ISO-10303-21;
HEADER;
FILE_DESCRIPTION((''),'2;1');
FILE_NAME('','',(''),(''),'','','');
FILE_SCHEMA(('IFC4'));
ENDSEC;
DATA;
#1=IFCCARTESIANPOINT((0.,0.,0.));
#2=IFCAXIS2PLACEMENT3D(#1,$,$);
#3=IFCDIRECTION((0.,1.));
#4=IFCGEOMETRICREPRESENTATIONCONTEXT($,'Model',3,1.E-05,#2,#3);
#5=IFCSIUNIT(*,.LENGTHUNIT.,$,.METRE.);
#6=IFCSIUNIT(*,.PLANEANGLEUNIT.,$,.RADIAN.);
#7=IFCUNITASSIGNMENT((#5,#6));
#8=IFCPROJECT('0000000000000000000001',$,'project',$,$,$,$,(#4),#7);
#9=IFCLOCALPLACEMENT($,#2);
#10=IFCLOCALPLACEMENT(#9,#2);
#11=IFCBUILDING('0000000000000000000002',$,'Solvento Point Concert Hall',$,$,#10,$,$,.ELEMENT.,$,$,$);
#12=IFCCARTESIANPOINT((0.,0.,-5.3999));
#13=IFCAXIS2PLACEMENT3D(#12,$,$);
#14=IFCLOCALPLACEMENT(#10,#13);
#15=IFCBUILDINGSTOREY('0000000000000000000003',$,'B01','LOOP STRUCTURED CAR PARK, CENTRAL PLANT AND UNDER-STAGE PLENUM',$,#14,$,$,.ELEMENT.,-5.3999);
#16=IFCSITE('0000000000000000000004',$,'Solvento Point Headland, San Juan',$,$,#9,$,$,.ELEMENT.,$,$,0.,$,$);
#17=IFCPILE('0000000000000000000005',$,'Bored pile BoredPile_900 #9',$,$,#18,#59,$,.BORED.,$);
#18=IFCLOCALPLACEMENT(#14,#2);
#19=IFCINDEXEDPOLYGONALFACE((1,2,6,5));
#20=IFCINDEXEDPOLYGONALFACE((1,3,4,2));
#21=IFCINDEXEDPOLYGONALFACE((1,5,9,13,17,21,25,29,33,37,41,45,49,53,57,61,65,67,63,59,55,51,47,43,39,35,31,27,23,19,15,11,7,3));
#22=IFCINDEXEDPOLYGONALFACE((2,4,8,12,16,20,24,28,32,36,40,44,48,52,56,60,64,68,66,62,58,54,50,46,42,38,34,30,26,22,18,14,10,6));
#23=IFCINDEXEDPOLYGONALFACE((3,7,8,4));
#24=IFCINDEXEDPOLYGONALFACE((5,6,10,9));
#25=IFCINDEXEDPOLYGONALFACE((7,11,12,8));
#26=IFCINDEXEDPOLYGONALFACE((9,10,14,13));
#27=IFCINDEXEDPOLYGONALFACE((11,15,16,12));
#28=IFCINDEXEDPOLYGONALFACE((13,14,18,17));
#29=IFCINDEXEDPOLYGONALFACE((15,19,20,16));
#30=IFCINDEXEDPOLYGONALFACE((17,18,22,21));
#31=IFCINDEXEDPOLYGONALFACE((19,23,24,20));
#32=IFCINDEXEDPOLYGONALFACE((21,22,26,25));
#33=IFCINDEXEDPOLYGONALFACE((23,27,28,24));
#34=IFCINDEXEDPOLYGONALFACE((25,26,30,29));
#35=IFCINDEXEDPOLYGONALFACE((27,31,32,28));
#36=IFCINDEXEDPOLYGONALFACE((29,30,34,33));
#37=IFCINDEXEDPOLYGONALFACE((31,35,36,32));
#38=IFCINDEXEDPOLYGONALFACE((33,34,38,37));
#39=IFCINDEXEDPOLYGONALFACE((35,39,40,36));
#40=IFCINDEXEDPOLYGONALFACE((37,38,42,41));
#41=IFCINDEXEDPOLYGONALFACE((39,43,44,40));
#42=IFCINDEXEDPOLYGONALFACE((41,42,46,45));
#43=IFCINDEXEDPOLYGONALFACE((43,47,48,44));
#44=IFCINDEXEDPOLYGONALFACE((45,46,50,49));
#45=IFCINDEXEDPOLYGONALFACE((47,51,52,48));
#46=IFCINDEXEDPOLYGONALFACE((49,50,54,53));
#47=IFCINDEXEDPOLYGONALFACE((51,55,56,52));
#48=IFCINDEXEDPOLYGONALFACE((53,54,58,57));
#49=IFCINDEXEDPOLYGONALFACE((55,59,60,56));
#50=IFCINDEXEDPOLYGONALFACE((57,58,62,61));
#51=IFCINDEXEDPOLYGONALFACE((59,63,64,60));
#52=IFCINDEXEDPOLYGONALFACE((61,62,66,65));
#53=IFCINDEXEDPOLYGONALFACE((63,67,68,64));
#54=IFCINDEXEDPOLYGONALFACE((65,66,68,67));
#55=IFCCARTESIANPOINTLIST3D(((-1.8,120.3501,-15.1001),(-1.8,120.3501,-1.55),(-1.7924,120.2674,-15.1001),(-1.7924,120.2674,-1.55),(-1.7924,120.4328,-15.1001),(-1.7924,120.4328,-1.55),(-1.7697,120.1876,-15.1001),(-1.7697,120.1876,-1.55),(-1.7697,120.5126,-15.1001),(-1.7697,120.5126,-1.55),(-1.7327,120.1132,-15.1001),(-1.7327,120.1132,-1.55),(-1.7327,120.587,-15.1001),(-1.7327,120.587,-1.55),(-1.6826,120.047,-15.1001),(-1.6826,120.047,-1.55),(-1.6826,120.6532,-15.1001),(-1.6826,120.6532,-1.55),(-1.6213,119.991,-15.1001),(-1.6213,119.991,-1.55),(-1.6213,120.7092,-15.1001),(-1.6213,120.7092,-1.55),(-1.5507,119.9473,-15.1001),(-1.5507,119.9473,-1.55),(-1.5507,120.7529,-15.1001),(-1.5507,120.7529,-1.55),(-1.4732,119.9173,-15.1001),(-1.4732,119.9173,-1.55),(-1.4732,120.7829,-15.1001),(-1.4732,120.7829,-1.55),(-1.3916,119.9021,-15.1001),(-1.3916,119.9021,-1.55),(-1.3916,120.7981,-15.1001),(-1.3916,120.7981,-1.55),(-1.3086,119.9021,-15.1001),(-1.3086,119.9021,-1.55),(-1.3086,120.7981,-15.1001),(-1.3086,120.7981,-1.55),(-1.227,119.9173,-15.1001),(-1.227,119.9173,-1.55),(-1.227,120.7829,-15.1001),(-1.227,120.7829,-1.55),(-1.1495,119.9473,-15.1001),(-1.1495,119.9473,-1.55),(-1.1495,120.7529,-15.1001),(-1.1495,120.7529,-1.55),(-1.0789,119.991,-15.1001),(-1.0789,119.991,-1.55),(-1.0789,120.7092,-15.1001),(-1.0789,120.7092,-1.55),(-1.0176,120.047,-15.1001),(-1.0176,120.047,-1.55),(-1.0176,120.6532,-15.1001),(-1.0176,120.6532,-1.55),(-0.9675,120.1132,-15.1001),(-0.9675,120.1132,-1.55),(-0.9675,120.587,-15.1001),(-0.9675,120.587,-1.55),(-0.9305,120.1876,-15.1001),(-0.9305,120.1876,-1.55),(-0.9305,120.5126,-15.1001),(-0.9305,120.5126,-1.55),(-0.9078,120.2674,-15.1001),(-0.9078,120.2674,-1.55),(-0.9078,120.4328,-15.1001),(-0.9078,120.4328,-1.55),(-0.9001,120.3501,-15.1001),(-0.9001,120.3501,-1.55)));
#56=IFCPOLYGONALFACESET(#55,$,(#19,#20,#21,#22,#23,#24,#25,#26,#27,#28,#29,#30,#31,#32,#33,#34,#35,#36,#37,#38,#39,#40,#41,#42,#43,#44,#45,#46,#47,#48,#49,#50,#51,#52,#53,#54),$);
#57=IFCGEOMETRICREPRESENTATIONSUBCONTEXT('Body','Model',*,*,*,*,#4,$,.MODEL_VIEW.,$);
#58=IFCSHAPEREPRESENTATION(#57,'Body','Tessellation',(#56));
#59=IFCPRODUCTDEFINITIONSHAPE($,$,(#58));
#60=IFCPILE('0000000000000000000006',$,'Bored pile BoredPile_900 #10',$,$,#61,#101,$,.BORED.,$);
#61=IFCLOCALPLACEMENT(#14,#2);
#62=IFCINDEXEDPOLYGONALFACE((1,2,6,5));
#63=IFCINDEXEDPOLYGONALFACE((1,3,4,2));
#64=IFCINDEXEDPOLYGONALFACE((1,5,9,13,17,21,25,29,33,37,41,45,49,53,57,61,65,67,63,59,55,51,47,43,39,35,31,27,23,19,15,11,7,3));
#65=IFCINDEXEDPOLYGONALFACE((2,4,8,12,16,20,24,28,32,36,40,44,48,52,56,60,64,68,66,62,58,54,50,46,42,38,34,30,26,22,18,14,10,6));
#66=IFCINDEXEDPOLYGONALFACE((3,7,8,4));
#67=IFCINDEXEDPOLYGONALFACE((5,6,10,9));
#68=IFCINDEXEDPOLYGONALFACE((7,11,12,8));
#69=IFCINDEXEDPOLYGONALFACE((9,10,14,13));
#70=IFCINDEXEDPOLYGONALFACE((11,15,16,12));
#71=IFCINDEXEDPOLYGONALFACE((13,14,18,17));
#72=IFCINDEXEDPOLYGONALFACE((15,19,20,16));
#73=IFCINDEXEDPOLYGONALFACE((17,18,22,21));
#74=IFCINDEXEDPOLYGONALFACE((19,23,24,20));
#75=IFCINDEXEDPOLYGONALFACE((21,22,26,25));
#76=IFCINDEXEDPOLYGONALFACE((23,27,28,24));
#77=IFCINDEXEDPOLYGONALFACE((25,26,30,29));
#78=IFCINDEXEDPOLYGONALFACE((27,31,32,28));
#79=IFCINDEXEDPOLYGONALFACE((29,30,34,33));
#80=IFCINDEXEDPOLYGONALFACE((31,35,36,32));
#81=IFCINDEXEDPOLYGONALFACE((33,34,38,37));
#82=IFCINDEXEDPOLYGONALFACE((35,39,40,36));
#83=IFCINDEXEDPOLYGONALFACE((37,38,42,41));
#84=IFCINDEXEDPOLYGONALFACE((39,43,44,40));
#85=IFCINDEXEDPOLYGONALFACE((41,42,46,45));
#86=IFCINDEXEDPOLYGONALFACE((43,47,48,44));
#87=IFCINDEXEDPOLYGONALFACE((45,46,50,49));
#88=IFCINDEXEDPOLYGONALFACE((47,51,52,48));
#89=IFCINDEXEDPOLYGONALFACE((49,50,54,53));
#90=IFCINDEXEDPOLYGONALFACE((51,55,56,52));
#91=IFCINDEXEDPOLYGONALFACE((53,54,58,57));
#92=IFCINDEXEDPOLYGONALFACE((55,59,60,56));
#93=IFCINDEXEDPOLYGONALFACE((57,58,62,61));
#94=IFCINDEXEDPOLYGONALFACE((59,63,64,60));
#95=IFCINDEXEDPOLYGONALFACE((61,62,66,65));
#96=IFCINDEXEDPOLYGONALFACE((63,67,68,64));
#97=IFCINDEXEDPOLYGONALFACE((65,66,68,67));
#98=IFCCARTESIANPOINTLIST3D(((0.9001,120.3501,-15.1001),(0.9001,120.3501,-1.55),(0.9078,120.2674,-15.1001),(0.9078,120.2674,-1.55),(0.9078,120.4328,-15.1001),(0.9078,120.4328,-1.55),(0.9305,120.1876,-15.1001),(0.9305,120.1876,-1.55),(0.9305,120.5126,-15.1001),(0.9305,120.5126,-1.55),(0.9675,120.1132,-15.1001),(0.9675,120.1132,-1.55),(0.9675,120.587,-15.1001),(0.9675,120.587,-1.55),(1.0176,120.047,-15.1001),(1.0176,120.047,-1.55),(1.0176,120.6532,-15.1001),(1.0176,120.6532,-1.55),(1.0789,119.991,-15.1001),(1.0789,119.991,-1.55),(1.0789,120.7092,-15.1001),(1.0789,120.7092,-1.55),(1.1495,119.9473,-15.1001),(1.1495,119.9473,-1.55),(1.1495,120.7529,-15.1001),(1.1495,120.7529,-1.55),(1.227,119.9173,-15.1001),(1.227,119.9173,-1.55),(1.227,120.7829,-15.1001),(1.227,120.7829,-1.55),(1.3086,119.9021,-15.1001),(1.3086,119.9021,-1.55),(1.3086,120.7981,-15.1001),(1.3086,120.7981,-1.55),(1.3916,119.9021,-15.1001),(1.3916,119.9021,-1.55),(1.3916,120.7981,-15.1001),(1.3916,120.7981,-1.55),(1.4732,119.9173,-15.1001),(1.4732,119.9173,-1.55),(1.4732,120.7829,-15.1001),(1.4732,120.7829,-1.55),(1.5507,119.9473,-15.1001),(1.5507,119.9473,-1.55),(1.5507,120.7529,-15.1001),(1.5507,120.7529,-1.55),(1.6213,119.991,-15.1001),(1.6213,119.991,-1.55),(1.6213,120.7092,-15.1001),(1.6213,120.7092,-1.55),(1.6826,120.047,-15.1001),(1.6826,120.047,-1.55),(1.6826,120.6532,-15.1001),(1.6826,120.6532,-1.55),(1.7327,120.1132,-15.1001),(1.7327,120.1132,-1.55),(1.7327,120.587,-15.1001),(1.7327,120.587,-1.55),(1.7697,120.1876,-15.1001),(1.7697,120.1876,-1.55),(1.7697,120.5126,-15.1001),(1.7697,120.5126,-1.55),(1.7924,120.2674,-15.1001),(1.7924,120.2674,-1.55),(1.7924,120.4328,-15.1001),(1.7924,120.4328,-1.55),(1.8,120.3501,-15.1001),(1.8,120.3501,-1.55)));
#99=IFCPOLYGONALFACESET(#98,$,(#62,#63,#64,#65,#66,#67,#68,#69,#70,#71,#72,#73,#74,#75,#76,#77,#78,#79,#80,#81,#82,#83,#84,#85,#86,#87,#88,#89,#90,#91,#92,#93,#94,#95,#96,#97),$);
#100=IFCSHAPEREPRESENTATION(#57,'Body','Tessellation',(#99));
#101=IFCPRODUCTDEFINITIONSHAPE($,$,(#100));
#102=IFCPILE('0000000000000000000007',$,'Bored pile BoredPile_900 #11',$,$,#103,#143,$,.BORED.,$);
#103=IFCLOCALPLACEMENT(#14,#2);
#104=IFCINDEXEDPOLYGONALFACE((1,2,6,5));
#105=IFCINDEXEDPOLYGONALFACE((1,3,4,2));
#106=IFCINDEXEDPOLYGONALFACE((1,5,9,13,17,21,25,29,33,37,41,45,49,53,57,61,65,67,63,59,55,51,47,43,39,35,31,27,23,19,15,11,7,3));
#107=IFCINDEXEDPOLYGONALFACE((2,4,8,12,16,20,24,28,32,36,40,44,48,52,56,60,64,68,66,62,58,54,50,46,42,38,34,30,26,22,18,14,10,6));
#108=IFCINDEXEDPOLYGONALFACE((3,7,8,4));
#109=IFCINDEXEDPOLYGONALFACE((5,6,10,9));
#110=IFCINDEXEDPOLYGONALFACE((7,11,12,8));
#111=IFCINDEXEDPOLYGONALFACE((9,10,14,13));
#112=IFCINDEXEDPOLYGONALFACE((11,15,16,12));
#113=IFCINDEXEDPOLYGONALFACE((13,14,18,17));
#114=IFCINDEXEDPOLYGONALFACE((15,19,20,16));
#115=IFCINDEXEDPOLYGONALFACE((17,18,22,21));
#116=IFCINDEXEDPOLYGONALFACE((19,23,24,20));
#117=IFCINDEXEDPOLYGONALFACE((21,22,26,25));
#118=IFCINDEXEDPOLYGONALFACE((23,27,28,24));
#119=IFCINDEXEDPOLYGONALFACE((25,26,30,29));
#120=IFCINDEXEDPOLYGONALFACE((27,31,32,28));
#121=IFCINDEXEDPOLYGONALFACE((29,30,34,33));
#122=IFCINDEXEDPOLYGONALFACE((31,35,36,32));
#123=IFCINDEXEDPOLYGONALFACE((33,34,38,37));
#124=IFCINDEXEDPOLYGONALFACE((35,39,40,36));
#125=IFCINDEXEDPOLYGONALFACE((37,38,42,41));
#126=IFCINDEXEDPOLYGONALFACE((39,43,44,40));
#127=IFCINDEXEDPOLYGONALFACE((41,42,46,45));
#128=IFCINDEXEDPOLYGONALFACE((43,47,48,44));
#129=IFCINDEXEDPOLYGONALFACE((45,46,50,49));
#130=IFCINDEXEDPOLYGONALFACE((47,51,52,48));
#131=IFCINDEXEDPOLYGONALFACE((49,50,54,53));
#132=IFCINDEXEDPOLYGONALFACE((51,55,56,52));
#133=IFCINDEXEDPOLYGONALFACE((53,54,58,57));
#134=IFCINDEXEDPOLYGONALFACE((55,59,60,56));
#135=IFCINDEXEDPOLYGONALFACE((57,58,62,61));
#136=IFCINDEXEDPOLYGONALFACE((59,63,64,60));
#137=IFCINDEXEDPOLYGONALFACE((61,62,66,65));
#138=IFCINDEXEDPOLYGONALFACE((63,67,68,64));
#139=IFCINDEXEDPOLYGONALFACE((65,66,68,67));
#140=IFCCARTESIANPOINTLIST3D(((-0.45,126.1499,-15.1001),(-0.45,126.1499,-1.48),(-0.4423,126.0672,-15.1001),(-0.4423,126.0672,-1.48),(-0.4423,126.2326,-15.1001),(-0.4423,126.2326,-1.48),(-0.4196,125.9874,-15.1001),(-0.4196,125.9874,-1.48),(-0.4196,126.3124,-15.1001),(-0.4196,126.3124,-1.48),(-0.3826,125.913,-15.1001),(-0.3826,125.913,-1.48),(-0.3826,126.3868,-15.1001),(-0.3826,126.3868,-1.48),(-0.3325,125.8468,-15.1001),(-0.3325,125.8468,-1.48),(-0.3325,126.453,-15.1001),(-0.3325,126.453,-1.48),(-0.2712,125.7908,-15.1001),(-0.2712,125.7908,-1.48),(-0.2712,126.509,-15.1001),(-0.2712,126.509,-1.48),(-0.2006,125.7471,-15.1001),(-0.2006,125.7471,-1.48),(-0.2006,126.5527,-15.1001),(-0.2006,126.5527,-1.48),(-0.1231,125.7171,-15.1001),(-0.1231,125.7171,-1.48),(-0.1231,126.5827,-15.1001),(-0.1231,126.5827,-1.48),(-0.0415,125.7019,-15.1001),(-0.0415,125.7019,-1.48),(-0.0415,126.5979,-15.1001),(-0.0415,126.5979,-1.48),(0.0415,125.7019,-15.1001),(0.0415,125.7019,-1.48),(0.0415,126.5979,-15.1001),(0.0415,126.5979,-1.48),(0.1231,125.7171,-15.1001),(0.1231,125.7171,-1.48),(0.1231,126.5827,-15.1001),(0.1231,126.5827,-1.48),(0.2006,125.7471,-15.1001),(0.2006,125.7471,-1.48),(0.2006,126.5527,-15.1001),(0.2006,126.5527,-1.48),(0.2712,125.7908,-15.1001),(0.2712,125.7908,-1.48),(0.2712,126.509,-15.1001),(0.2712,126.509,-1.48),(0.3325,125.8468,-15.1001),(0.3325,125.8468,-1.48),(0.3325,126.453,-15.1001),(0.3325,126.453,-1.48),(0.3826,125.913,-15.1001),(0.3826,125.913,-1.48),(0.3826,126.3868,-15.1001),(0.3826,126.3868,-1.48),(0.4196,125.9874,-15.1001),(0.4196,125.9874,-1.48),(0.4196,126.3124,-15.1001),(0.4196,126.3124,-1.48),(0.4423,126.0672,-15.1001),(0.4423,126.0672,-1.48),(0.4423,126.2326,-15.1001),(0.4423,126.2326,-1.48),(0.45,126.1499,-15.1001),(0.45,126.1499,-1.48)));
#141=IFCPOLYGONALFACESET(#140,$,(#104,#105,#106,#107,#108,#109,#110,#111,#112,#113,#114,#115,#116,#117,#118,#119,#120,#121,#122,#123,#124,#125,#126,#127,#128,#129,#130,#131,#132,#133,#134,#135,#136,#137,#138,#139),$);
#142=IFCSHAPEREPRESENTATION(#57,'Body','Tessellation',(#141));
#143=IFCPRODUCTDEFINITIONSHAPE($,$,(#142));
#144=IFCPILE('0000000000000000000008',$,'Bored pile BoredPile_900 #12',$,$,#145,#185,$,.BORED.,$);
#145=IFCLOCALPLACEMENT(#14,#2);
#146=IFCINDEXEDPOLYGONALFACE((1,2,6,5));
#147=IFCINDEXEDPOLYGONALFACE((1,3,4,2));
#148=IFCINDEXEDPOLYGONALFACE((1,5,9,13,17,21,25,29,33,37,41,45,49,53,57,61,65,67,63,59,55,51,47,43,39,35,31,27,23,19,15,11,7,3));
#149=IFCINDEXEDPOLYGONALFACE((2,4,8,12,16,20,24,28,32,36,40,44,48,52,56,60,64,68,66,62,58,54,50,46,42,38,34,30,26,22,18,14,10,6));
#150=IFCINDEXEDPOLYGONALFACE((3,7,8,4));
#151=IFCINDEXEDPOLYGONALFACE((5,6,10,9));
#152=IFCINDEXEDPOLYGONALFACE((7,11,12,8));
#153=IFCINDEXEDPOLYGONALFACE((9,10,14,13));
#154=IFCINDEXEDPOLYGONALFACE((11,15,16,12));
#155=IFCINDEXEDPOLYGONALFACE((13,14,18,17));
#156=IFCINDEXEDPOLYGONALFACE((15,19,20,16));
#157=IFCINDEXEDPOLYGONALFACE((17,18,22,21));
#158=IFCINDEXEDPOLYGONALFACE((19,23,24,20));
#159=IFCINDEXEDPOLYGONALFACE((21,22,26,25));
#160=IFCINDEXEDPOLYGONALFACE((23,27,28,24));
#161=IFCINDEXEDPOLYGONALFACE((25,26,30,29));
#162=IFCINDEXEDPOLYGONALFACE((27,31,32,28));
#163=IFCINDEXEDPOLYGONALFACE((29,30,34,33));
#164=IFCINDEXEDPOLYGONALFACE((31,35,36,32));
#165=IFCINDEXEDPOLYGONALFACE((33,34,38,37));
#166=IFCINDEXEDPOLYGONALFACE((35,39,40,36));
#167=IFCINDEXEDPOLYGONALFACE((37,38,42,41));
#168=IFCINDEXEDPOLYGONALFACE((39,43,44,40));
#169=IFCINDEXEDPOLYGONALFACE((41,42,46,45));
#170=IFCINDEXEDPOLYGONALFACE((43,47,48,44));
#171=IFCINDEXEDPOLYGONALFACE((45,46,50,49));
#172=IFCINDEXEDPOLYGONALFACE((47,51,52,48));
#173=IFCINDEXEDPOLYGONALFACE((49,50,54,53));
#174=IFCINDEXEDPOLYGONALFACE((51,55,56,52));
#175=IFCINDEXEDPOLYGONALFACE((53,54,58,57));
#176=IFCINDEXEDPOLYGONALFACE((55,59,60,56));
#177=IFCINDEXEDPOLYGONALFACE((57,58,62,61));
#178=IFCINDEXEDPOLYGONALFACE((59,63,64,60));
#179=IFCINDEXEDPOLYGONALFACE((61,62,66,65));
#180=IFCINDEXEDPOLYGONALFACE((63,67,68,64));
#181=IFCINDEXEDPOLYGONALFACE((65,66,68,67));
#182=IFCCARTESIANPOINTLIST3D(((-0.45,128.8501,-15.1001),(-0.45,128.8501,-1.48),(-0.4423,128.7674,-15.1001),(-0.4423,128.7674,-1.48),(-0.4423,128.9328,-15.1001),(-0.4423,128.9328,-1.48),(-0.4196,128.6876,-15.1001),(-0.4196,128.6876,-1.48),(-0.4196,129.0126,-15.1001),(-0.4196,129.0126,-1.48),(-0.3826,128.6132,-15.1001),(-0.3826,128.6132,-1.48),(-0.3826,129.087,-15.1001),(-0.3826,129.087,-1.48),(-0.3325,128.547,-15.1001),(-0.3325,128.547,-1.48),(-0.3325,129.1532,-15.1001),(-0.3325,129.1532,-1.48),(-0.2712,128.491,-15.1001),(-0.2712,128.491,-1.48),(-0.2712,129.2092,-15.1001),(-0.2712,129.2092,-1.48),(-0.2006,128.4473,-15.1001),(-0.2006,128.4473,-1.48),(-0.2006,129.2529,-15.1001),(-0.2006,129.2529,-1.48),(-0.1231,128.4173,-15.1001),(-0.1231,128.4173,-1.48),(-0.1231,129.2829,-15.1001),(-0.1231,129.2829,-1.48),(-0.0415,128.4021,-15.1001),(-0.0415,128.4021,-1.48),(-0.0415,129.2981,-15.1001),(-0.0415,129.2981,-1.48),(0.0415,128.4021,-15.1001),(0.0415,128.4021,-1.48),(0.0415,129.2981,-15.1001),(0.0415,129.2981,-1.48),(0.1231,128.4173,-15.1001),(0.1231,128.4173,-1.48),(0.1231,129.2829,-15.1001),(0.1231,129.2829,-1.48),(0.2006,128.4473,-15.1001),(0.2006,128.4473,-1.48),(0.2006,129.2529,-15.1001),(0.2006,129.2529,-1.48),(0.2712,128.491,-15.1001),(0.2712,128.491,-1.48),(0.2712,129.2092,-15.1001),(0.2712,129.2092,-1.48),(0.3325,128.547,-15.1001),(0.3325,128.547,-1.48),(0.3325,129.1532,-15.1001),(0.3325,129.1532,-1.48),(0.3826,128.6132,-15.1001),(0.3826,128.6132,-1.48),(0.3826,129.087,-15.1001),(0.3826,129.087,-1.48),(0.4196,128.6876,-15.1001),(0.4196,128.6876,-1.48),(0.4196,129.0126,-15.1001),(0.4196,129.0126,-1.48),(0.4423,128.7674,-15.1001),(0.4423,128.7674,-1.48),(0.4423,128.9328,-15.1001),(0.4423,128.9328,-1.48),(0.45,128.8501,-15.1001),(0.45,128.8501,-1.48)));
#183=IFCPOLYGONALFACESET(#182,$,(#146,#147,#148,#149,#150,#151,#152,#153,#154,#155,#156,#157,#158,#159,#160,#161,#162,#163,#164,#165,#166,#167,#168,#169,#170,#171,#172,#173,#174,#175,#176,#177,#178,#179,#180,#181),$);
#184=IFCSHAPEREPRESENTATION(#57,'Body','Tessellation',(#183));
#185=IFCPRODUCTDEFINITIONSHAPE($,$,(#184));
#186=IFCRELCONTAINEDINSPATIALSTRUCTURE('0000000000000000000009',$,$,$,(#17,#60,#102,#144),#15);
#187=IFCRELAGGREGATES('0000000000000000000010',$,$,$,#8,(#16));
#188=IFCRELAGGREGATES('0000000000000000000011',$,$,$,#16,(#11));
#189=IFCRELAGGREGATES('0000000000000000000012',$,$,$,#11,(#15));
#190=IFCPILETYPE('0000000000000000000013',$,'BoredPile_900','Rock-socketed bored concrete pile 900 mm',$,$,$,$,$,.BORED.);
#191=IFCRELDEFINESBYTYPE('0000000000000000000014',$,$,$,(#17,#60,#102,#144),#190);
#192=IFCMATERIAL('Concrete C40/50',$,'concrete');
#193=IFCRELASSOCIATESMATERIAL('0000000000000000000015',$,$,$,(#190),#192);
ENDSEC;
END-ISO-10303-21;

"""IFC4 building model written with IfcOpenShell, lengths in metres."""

from ifc_helpers import new_model, si_unit, direction, frame, origin, origin_2d, place, context, subcontext, project, spatial, circle, extrude, material, material_profile, profile_set, type_object, element, save


model = new_model("IFC4")

# Units and contexts
model_context = context("Model", 3, precision=1e-05, world=origin(), true_north=direction((0.0, 1.0)))
body_context = subcontext(model_context, "Body", "Model", "MODEL_VIEW")
ifc_project = project(units=[si_unit("LENGTHUNIT", "METRE"), si_unit("PLANEANGLEUNIT", "RADIAN")], contexts=[model_context])

# Site, building, storey
site_placement = place(None, origin())
site = spatial("IfcSite", under=ifc_project, at=site_placement, Name="Solvento Point Headland, San Juan", CompositionType="ELEMENT", RefElevation=0.0)
building_placement = place(site_placement, origin())
building = spatial("IfcBuilding", under=site, at=building_placement, Name="Solvento Point Concert Hall", CompositionType="ELEMENT")
storey_placement = place(building_placement, frame((0.0, 0.0, -5.3999)))
storey = spatial("IfcBuildingStorey", under=building, at=storey_placement, Name="B01", Description="LOOP STRUCTURED CAR PARK, CENTRAL PLANT AND UNDER-STAGE PLENUM", CompositionType="ELEMENT", Elevation=-5.3999)

# Piles
ifc_material_1 = material(Name="Concrete C40/50", Category="concrete")
ifc_material_profile_1 = material_profile(ifc_material_1, circle(Radius=0.45, at=origin_2d()), Name="BP-900")
ifc_profile_set_1 = profile_set([ifc_material_profile_1], Name="Concrete C40/50")
pile_type_1 = type_object("IfcPileType", Name="BoredPile_900", Description="Rock-socketed bored concrete pile 900 mm", PredefinedType="BORED", material=ifc_profile_set_1)
for number, where, z_axis, x_axis, name in (
    (1, (-1.3501, 120.3501, -1.55), (0.0, 0.0, -1.0), (1.0, 0.0, 0.0), "Bored pile BoredPile_900 #9"),
    (2, (1.3501, 120.3501, -1.55), (0.0, 0.0, -1.0), (1.0, 0.0, 0.0), "Bored pile BoredPile_900 #10"),
):
    element("IfcPile", number, at=place(storey_placement, frame(where, z_axis=z_axis, x_axis=x_axis)), inside=storey, type_object=pile_type_1, Name=name, PredefinedType="BORED", context=body_context, shape_type="SweptSolid", body=[
        extrude(circle(Radius=0.45, at=origin_2d()), origin(), (0.0, 0.0, 1.0), 13.55),
    ])
for number, where, z_axis, x_axis, name in (
    (3, (0.0, 126.1499, -1.48), (0.0, 0.0, -1.0), (1.0, 0.0, 0.0), "Bored pile BoredPile_900 #11"),
    (4, (0.0, 128.8501, -1.48), (0.0, 0.0, -1.0), (1.0, 0.0, 0.0), "Bored pile BoredPile_900 #12"),
):
    element("IfcPile", number, at=place(storey_placement, frame(where, z_axis=z_axis, x_axis=x_axis)), inside=storey, type_object=pile_type_1, Name=name, PredefinedType="BORED", context=body_context, shape_type="SweptSolid", body=[
        extrude(circle(Radius=0.45, at=origin_2d()), origin(), (0.0, 0.0, 1.0), 13.6201),
    ])

save(model, "model.ifc")
